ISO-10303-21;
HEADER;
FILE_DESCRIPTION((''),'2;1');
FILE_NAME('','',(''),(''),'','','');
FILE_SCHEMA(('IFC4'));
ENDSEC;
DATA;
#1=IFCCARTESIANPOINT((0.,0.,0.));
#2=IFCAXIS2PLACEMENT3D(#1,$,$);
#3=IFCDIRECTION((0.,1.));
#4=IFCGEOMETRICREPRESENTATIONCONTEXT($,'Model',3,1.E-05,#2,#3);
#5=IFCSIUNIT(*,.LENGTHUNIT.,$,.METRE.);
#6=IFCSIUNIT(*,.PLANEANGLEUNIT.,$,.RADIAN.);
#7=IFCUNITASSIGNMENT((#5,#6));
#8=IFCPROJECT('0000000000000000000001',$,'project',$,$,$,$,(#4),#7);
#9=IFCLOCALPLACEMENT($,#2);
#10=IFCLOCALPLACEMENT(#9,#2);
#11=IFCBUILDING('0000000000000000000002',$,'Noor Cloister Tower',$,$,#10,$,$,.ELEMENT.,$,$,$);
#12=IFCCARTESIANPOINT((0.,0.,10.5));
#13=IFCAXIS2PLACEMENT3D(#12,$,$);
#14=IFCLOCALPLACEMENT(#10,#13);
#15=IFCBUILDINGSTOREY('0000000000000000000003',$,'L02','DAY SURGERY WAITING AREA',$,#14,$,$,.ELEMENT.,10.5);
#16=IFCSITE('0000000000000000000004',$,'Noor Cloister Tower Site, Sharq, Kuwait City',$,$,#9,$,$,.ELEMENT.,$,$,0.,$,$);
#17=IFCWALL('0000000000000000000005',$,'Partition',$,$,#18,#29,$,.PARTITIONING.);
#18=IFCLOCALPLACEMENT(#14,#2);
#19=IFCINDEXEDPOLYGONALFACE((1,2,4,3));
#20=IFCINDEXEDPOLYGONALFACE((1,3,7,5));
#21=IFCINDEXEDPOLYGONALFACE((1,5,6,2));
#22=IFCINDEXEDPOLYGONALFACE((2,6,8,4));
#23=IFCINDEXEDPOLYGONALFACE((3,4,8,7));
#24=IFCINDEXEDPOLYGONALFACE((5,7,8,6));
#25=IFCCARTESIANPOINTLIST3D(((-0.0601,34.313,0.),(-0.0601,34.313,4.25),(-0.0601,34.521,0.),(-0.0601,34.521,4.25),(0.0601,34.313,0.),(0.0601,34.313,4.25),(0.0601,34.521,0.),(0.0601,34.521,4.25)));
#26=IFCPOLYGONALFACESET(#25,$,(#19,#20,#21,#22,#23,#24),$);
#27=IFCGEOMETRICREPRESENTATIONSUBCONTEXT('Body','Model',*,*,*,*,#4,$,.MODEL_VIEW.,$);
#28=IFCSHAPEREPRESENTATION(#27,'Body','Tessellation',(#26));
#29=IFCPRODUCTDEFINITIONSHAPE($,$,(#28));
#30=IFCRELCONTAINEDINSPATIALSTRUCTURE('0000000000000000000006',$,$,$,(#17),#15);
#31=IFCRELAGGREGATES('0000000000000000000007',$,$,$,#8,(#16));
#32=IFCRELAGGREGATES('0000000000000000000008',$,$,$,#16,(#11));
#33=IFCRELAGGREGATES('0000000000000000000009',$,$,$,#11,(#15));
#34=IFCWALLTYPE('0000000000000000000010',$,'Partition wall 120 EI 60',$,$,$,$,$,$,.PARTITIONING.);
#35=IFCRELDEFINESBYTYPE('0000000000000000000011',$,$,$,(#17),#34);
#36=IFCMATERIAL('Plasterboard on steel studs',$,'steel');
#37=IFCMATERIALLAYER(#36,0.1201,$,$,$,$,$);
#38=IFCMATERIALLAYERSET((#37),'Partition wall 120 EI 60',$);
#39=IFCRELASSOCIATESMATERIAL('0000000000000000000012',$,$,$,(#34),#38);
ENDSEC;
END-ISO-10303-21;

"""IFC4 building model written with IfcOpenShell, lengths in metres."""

from ifc_helpers import new_model, si_unit, direction, frame, frame_2d, origin, place, context, subcontext, project, spatial, rectangle, extrude, material, layer, layer_set, type_object, element, save


model = new_model("IFC4")

# Units and contexts
model_context = context("Model", 3, precision=1e-05, world=origin(), true_north=direction((0.0, 1.0)))
body_context = subcontext(model_context, "Body", "Model", "MODEL_VIEW")
ifc_project = project(units=[si_unit("LENGTHUNIT", "METRE"), si_unit("PLANEANGLEUNIT", "RADIAN")], contexts=[model_context])

# Site, building, storey
site_placement = place(None, origin())
site = spatial("IfcSite", under=ifc_project, at=site_placement, Name="Noor Cloister Tower Site, Sharq, Kuwait City", CompositionType="ELEMENT", RefElevation=0.0)
building_placement = place(site_placement, origin())
building = spatial("IfcBuilding", under=site, at=building_placement, Name="Noor Cloister Tower", CompositionType="ELEMENT")
storey_placement = place(building_placement, frame((0.0, 0.0, 10.5)))
storey = spatial("IfcBuildingStorey", under=building, at=storey_placement, Name="L02", Description="DAY SURGERY WAITING AREA", CompositionType="ELEMENT", Elevation=10.5)

# Wall
ifc_material_1 = material(Name="Plasterboard on steel studs", Category="steel")
ifc_layer_1 = layer(ifc_material_1, 0.1201)
ifc_layer_set_1 = layer_set([ifc_layer_1], Name="Partition wall 120 EI 60")
wall_type_1 = type_object("IfcWallType", Name="Partition wall 120 EI 60", PredefinedType="PARTITIONING", material=ifc_layer_set_1)
wall_1_placement = place(storey_placement, frame((0.0, 34.313, 0.0), z_axis=(0.0, 0.0, 1.0), x_axis=(0.0, 1.0, 0.0)))
element("IfcWall", 1, at=wall_1_placement, inside=storey, type_object=wall_type_1, Name="Partition", PredefinedType="PARTITIONING", context=body_context, shape_type="SweptSolid", body=[
    extrude(rectangle(XDim=0.208, YDim=0.1201, at=frame_2d((0.104, 0.0))), origin(), (0.0, 0.0, 1.0), 4.25),
])

save(model, "model.ifc")
